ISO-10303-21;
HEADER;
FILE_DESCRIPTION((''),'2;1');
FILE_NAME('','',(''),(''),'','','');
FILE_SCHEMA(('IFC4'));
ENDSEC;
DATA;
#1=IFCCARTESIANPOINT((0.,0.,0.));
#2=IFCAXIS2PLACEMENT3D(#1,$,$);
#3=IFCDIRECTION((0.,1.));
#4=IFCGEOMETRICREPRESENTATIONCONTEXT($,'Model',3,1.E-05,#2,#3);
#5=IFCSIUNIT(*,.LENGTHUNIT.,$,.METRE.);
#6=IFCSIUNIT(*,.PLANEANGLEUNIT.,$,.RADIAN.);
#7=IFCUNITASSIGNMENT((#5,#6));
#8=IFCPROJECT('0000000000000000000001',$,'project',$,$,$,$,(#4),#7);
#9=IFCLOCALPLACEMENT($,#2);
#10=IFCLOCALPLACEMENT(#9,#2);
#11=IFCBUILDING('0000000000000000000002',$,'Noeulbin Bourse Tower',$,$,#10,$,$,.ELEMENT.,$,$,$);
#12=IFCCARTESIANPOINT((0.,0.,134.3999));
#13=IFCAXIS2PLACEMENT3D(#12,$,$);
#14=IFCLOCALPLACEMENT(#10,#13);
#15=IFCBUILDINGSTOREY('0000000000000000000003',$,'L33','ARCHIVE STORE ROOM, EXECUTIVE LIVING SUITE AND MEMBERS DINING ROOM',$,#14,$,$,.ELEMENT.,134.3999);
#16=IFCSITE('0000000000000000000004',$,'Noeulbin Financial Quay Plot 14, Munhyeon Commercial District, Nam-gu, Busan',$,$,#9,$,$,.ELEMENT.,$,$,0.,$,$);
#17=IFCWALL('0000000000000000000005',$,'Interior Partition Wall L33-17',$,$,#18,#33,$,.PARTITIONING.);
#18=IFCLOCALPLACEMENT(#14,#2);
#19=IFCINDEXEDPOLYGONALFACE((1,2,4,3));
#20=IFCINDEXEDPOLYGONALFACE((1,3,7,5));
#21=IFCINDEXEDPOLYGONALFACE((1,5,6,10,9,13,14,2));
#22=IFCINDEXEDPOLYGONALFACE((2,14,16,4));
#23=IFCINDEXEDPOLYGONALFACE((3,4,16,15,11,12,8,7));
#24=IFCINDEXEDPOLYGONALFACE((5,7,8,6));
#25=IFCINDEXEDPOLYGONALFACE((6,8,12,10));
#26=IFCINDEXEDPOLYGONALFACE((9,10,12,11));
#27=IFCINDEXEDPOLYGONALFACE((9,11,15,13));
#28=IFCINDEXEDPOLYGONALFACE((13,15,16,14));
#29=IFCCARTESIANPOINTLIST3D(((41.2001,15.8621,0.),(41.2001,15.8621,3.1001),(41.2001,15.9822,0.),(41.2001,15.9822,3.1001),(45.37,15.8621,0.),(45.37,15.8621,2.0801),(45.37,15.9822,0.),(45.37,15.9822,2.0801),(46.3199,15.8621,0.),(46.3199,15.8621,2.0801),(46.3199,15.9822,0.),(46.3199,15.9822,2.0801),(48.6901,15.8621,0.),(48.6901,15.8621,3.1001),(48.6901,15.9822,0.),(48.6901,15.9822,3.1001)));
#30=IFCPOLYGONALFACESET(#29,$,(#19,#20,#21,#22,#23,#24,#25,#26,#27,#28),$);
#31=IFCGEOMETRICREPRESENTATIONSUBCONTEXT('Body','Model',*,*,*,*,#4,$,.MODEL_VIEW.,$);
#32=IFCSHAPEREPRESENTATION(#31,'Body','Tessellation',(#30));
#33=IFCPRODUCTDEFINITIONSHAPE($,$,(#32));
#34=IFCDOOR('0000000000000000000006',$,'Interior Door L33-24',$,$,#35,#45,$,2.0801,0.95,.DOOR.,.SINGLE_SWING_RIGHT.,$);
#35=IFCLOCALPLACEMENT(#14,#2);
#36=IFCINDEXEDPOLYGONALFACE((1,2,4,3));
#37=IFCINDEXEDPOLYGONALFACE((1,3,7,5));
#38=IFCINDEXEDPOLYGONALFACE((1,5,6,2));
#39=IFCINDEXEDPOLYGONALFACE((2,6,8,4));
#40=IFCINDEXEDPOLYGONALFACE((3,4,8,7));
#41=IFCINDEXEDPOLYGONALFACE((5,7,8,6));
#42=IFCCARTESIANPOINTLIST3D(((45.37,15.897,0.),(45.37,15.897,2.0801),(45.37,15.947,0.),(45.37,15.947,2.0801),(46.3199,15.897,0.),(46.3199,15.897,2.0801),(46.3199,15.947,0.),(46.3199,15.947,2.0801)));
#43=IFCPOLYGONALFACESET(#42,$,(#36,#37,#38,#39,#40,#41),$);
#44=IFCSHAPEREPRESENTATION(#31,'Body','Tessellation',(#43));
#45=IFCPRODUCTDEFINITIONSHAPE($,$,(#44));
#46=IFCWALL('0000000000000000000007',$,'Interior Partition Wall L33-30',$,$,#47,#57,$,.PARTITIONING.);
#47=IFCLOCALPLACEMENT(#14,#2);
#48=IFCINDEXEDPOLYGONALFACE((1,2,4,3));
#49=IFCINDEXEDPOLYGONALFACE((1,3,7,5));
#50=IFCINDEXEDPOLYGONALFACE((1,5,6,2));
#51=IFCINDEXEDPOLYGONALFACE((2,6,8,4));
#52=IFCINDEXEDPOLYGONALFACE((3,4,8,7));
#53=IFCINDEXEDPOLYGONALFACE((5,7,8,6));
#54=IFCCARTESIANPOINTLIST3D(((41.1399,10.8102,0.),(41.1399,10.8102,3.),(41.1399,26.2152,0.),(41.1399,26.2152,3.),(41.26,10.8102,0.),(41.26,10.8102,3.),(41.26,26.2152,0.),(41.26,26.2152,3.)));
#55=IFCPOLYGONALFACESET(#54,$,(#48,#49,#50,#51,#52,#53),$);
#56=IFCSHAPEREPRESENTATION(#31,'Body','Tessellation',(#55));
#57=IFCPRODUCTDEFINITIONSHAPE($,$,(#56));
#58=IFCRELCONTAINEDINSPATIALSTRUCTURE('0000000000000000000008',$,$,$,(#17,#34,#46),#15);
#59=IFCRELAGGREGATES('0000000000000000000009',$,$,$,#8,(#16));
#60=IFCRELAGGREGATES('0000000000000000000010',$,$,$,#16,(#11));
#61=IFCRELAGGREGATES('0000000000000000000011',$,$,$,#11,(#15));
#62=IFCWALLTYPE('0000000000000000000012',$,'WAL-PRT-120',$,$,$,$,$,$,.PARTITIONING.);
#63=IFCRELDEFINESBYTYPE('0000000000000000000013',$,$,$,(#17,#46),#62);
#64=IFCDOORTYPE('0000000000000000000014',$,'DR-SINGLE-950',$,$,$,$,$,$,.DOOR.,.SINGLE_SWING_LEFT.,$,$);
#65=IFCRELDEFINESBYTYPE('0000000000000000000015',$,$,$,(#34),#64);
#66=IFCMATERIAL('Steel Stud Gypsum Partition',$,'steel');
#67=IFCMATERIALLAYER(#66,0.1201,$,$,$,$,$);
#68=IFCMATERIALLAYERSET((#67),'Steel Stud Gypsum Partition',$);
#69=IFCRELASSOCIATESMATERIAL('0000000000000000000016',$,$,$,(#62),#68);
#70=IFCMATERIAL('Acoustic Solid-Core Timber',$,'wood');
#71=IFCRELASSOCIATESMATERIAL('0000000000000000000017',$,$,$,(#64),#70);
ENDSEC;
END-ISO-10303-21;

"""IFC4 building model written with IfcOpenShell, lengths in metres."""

from ifc_helpers import new_model, si_unit, direction, frame, frame_2d, origin, place, context, subcontext, project, spatial, rectangle, extrude, material, layer, layer_set, type_object, element, fill, save


model = new_model("IFC4")

# Units and contexts
model_context = context("Model", 3, precision=1e-05, world=origin(), true_north=direction((0.0, 1.0)))
body_context = subcontext(model_context, "Body", "Model", "MODEL_VIEW")
ifc_project = project(units=[si_unit("LENGTHUNIT", "METRE"), si_unit("PLANEANGLEUNIT", "RADIAN")], contexts=[model_context])

# Site, building, storey
site_placement = place(None, origin())
site = spatial("IfcSite", under=ifc_project, at=site_placement, Name="Noeulbin Financial Quay Plot 14, Munhyeon Commercial District, Nam-gu, Busan", CompositionType="ELEMENT", RefElevation=0.0)
building_placement = place(site_placement, origin())
building = spatial("IfcBuilding", under=site, at=building_placement, Name="Noeulbin Bourse Tower", CompositionType="ELEMENT")
storey_placement = place(building_placement, frame((0.0, 0.0, 134.3999)))
storey = spatial("IfcBuildingStorey", under=building, at=storey_placement, Name="L33", Description="ARCHIVE STORE ROOM, EXECUTIVE LIVING SUITE AND MEMBERS DINING ROOM", CompositionType="ELEMENT", Elevation=134.3999)

# Wall, opening, door
ifc_material_1 = material(Name="Steel Stud Gypsum Partition", Category="steel")
ifc_layer_1 = layer(ifc_material_1, 0.1201)
ifc_layer_set_1 = layer_set([ifc_layer_1], Name="Steel Stud Gypsum Partition")
wall_type = type_object("IfcWallType", Name="WAL-PRT-120", PredefinedType="PARTITIONING", material=ifc_layer_set_1)
wall_1_placement = place(storey_placement, frame((41.2, 15.9221, 0.0), z_axis=(0.0, 0.0, 1.0), x_axis=(1.0, 0.0, 0.0)))
wall_1 = element("IfcWall", 1, at=wall_1_placement, inside=storey, type_object=wall_type, Name="Interior Partition Wall L33-17", PredefinedType="PARTITIONING", context=body_context, shape_type="SweptSolid", body=[
    extrude(rectangle(XDim=7.49, YDim=0.1201, at=frame_2d((3.7451, 0.0))), origin(), (0.0, 0.0, 1.0), 3.1001),
])
opening_placement = place(wall_1_placement, frame((4.1699, 0.0, 0.0)))
opening = element("IfcOpeningElement", 2, at=opening_placement, cuts=wall_1, PredefinedType="OPENING", context=body_context, shape_type="SweptSolid", body=[
    extrude(rectangle(XDim=0.95, YDim=2.0801, at=frame_2d((0.4751, 1.04))), frame((0.0, 0.0701, 0.0), z_axis=(0.0, -1.0, 0.0), x_axis=(1.0, 0.0, 0.0)), (0.0, 0.0, 1.0), 0.1401),
])
ifc_material_2 = material(Name="Acoustic Solid-Core Timber", Category="wood")
door_type = type_object("IfcDoorType", Name="DR-SINGLE-950", OperationType="SINGLE_SWING_LEFT", PredefinedType="DOOR", material=ifc_material_2)
door_placement = place(opening_placement, origin())
door = element("IfcDoor", 3, at=door_placement, inside=storey, type_object=door_type, Name="Interior Door L33-24", OperationType="SINGLE_SWING_RIGHT", OverallHeight=2.0801, OverallWidth=0.95, PredefinedType="DOOR", context=body_context, shape_type="SweptSolid", body=[
    extrude(rectangle(XDim=0.95, YDim=2.0801, at=frame_2d((0.4751, 1.04))), frame((0.0, 0.0249, 0.0), z_axis=(0.0, -1.0, 0.0), x_axis=(1.0, 0.0, 0.0)), (0.0, 0.0, 1.0), 0.05),
])
fill(opening, door)

# Wall
wall_2_placement = place(storey_placement, frame((41.2, 10.8101, 0.0), z_axis=(0.0, 0.0, 1.0), x_axis=(0.0, 1.0, 0.0)))
element("IfcWall", 4, at=wall_2_placement, inside=storey, type_object=wall_type, Name="Interior Partition Wall L33-30", PredefinedType="PARTITIONING", context=body_context, shape_type="SweptSolid", body=[
    extrude(rectangle(XDim=15.405, YDim=0.1201, at=frame_2d((7.7026, 0.0))), origin(), (0.0, 0.0, 1.0), 3.0),
])

save(model, "model.ifc")
